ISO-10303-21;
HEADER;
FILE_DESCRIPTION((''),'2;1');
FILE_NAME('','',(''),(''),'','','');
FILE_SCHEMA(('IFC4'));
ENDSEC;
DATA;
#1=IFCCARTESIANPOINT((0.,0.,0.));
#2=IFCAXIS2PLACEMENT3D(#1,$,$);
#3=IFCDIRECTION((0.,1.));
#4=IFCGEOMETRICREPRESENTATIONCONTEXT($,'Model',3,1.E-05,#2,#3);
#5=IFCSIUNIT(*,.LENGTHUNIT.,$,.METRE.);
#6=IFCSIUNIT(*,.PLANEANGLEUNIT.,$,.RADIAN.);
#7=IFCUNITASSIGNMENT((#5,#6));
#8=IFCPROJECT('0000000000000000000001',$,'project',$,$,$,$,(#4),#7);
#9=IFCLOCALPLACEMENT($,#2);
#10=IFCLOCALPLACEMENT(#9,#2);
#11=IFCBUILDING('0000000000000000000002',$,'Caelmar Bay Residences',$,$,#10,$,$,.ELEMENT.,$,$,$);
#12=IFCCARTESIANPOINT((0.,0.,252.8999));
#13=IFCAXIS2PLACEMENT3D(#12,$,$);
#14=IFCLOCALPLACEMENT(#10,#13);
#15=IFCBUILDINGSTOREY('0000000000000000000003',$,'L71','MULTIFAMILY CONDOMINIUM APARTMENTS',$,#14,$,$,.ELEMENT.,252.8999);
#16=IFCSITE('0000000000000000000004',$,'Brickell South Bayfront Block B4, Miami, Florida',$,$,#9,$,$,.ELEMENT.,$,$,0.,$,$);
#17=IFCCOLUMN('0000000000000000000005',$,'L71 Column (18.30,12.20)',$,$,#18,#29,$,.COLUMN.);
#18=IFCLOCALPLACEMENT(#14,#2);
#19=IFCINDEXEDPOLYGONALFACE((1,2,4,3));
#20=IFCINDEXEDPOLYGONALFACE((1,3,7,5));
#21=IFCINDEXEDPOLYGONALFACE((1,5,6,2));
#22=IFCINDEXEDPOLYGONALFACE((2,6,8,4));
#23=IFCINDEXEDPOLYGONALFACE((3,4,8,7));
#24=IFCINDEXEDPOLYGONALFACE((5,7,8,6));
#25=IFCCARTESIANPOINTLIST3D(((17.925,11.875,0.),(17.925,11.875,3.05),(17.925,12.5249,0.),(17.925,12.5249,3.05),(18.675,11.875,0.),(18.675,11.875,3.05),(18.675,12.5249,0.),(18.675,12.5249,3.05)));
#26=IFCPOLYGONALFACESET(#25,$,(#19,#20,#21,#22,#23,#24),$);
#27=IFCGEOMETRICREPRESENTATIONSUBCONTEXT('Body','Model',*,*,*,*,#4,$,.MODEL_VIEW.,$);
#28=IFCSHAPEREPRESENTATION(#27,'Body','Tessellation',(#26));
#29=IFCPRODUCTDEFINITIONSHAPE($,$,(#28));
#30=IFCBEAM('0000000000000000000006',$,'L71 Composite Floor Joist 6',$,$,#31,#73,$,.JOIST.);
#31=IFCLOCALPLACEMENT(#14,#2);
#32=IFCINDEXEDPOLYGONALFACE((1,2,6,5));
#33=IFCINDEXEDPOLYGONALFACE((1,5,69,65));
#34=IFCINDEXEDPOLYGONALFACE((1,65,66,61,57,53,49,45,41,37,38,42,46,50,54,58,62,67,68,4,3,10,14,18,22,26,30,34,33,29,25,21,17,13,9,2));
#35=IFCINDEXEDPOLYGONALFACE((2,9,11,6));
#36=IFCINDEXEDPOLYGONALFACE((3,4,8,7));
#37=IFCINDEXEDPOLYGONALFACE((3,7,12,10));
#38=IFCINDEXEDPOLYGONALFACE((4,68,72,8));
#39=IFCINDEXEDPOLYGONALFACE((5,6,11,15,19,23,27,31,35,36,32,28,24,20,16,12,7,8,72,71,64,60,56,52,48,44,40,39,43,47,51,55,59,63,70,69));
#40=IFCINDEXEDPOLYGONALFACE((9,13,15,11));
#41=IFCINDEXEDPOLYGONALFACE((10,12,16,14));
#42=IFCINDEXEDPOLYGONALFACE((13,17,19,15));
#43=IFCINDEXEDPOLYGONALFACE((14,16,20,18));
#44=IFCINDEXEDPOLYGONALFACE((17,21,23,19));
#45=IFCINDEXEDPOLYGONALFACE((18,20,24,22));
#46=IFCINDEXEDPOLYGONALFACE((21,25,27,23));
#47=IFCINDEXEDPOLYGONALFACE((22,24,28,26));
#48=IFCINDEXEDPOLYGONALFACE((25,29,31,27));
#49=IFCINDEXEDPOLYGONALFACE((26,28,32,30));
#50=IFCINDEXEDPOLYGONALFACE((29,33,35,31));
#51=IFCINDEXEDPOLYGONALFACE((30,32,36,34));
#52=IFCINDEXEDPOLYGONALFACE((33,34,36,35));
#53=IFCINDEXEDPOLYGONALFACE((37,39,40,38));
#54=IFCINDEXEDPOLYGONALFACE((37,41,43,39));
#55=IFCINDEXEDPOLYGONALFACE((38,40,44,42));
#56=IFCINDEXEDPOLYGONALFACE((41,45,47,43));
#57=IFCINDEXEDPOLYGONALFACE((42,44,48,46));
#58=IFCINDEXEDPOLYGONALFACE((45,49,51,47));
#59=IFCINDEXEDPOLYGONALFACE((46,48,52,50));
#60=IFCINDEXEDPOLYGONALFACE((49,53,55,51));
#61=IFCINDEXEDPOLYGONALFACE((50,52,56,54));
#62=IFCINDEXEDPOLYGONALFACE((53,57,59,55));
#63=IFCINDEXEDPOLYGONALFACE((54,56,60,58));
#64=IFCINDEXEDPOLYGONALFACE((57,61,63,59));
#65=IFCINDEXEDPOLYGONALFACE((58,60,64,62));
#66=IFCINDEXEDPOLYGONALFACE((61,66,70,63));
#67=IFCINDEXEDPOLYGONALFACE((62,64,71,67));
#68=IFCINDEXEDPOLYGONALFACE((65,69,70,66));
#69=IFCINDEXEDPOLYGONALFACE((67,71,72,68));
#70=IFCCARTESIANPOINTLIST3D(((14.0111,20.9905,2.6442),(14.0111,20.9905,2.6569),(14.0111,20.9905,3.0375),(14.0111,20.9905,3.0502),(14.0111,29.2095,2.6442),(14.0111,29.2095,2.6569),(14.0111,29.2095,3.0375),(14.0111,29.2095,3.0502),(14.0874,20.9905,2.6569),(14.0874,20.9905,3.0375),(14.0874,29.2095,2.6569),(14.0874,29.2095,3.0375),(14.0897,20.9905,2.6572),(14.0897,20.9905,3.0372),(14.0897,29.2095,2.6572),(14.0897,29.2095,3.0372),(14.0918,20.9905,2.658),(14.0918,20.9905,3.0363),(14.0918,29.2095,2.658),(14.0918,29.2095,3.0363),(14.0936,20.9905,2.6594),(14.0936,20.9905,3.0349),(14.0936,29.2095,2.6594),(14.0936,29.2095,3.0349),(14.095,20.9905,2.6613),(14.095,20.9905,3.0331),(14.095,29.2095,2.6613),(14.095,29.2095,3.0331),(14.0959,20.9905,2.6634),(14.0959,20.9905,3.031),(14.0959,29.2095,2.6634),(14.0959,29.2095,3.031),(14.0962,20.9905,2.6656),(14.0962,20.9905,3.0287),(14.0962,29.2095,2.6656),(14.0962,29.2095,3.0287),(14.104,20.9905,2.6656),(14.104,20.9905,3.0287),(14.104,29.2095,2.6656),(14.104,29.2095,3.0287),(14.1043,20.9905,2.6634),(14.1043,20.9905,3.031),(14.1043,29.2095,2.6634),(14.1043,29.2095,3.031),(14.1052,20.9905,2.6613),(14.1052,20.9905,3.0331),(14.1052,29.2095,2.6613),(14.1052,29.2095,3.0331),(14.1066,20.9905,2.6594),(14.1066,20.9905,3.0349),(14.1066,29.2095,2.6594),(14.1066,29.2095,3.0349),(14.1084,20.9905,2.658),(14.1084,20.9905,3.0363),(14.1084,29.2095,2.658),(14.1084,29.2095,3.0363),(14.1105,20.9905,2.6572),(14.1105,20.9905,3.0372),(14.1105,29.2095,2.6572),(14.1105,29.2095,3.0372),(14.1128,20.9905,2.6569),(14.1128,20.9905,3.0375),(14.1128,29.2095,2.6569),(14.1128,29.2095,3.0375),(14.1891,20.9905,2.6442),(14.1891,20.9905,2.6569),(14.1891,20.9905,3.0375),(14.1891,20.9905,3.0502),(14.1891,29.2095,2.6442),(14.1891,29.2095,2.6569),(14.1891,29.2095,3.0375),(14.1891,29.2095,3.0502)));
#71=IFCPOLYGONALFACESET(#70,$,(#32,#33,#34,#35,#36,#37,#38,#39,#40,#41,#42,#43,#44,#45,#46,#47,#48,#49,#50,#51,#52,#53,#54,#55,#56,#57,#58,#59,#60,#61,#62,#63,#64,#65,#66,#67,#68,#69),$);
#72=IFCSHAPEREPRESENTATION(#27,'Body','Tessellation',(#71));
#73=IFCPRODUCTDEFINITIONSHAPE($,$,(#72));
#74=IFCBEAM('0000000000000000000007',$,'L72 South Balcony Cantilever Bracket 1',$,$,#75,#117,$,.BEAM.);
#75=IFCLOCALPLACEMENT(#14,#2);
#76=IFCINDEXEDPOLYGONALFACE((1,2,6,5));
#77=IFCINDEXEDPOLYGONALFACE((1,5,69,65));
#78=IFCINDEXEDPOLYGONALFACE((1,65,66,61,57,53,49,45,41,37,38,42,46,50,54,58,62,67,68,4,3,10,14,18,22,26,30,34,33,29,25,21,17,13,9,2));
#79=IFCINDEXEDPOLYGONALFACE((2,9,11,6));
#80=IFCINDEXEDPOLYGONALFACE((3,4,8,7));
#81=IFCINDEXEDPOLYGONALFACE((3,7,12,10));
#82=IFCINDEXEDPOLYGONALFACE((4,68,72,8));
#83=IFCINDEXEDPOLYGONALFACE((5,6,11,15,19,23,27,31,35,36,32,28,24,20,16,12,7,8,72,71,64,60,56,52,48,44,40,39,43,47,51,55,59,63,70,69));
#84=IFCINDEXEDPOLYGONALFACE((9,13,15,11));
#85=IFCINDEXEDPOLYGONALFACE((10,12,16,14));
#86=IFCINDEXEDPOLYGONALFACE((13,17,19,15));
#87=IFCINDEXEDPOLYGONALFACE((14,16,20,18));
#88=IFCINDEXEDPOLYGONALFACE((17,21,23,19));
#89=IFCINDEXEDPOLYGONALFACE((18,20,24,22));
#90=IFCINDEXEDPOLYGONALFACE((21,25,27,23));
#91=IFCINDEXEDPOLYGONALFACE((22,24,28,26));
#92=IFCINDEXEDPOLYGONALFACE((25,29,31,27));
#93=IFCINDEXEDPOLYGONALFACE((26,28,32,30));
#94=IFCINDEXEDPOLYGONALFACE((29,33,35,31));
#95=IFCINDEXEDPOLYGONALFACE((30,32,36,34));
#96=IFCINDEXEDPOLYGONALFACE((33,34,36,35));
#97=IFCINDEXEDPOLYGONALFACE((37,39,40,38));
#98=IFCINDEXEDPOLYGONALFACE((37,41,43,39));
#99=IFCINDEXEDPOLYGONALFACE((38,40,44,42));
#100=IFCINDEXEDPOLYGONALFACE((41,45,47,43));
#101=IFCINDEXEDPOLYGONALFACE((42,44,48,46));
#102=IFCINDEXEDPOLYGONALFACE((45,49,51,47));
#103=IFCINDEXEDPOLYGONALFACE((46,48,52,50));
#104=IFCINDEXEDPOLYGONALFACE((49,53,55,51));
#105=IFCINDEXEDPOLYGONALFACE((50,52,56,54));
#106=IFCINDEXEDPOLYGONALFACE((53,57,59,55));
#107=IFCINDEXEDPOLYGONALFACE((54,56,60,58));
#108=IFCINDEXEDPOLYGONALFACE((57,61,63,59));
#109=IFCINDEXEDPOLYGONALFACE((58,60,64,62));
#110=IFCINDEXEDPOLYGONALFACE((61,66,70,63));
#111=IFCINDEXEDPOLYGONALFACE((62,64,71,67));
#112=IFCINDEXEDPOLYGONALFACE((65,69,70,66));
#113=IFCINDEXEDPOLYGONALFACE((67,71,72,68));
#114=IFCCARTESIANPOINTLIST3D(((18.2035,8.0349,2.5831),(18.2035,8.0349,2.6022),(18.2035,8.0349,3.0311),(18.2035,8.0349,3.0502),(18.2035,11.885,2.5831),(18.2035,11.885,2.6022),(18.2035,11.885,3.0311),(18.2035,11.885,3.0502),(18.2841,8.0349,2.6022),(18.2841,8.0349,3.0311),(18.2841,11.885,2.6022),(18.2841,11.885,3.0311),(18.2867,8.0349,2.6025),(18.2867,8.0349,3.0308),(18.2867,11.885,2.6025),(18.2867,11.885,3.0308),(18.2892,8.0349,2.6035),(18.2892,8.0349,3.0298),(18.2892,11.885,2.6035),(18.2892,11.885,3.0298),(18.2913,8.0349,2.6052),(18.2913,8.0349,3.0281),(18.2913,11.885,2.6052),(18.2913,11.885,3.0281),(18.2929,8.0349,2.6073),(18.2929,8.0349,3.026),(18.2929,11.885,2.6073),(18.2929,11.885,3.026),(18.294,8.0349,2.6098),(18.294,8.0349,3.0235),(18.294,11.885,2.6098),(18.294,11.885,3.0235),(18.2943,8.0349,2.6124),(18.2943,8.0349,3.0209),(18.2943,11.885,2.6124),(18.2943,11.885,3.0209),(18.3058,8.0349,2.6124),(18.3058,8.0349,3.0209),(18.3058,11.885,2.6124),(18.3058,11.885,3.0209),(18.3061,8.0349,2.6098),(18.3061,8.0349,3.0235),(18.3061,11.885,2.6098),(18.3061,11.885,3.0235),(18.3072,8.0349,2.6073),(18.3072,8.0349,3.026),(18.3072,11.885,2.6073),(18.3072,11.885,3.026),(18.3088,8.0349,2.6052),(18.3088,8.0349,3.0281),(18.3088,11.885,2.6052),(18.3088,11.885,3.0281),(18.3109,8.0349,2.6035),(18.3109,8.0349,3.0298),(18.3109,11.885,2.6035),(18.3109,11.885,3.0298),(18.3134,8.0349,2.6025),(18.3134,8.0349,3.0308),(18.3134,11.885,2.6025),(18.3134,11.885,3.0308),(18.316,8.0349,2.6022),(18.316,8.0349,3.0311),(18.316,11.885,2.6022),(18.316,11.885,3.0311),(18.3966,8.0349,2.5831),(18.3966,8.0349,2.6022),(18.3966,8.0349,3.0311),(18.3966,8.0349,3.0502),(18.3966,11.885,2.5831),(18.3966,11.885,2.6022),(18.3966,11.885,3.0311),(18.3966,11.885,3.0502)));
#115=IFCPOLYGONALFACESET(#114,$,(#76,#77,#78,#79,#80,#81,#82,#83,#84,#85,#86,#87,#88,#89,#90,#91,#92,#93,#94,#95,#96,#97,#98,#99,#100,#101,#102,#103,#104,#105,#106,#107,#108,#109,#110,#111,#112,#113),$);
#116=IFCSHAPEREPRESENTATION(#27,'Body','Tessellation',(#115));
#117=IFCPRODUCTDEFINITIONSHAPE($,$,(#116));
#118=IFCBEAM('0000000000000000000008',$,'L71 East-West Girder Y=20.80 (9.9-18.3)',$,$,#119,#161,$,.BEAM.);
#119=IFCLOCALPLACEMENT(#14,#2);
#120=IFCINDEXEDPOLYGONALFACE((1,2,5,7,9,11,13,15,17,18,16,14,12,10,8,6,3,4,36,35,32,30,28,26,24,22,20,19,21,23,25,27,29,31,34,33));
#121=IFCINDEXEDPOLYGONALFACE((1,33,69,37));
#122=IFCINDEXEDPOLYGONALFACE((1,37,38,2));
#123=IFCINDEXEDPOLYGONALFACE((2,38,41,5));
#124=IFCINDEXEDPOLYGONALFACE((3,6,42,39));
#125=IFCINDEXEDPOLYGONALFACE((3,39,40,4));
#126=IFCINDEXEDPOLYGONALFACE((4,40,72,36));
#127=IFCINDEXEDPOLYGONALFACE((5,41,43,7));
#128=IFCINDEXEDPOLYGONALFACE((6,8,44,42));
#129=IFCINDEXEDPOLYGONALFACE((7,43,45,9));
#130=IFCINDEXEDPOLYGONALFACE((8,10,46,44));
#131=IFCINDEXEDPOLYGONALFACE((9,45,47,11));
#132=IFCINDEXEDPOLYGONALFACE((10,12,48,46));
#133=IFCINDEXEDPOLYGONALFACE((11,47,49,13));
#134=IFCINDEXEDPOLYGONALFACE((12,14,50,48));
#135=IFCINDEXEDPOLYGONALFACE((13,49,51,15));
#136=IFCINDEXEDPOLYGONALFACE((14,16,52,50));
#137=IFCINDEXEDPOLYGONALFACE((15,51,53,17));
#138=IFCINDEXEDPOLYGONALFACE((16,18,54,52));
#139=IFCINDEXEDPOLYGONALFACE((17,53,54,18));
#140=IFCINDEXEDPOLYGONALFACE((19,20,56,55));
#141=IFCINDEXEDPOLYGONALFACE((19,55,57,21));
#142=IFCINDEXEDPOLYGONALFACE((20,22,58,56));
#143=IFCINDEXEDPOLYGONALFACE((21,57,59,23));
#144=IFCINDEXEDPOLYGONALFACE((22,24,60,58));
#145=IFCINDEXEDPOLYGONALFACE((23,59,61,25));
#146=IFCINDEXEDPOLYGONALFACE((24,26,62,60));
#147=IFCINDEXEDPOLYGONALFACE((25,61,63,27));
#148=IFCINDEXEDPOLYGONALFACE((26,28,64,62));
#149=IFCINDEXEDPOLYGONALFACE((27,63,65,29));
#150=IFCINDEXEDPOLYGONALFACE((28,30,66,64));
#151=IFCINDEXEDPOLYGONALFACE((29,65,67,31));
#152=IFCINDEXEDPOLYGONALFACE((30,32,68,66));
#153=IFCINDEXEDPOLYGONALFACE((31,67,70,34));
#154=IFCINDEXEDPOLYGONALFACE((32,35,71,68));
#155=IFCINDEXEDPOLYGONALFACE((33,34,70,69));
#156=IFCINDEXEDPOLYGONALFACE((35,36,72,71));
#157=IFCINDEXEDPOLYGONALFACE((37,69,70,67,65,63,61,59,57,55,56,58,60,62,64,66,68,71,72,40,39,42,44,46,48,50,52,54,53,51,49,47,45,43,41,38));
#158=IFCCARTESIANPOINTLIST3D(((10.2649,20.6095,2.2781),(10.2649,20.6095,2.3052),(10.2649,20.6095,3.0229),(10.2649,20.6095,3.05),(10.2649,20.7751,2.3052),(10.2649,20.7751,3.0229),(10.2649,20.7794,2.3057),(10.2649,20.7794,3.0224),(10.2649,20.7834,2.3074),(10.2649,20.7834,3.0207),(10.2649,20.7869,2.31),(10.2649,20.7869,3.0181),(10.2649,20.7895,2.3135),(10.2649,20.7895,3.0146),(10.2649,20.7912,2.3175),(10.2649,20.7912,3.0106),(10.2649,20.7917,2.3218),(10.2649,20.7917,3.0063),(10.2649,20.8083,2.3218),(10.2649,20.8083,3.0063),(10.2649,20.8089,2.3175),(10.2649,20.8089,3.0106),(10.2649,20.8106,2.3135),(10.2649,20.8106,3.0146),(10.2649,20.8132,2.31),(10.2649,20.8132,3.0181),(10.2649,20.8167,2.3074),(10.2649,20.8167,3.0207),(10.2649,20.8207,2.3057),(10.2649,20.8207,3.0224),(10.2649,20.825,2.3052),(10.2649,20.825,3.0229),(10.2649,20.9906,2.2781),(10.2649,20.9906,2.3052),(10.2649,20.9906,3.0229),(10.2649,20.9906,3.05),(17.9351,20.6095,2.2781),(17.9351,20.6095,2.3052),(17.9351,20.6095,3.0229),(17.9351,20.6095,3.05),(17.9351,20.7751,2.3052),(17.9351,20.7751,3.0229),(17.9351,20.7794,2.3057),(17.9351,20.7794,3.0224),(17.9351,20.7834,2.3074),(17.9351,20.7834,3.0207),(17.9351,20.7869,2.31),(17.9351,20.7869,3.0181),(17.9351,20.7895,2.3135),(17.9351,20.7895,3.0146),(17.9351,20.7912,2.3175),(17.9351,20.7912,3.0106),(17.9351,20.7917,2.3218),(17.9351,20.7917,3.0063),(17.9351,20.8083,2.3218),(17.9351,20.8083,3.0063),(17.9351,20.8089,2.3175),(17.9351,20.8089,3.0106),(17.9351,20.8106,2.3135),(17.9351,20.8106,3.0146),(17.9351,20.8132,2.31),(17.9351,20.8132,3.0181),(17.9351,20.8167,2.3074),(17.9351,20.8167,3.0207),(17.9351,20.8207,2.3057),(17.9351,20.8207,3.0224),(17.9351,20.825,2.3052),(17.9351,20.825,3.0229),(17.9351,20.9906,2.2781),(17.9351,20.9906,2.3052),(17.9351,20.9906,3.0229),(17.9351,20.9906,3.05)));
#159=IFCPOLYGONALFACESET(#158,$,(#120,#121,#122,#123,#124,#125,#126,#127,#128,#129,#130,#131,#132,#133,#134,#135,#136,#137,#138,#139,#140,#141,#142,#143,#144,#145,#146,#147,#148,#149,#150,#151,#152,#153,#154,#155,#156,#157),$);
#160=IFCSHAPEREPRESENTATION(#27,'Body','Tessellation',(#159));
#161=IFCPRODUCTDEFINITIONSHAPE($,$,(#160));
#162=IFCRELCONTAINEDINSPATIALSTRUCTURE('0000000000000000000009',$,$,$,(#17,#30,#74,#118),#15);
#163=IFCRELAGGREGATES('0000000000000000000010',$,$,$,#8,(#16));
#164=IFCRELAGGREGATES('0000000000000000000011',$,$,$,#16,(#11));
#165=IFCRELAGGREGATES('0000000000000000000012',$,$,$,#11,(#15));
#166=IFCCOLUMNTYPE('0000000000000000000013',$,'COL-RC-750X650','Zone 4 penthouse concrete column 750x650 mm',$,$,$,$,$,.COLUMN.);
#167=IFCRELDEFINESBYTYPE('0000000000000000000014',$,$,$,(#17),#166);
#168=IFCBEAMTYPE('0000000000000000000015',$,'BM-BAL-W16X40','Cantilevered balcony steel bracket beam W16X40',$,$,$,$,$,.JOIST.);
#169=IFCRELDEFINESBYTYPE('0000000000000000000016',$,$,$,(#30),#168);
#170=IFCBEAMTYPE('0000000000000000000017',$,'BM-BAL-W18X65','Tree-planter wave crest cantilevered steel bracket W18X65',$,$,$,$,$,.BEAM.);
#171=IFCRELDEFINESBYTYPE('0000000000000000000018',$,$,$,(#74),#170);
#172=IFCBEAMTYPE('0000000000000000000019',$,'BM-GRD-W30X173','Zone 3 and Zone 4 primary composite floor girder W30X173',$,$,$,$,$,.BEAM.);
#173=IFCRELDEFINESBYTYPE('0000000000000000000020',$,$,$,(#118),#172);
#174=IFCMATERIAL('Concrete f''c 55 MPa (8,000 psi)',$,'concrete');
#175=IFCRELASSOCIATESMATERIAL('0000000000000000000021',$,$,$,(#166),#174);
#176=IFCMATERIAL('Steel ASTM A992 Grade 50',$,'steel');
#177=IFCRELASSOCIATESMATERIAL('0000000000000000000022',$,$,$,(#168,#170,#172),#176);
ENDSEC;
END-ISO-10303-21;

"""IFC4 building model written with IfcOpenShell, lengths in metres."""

from ifc_helpers import new_model, si_unit, direction, frame, origin, origin_2d, place, context, subcontext, project, spatial, rectangle, i_section, extrude, material, material_profile, profile_set, type_object, element, save


model = new_model("IFC4")

# Units and contexts
model_context = context("Model", 3, precision=1e-05, world=origin(), true_north=direction((0.0, 1.0)))
body_context = subcontext(model_context, "Body", "Model", "MODEL_VIEW")
ifc_project = project(units=[si_unit("LENGTHUNIT", "METRE"), si_unit("PLANEANGLEUNIT", "RADIAN")], contexts=[model_context])

# Site, building, storey
site_placement = place(None, origin())
site = spatial("IfcSite", under=ifc_project, at=site_placement, Name="Brickell South Bayfront Block B4, Miami, Florida", CompositionType="ELEMENT", RefElevation=0.0)
building_placement = place(site_placement, origin())
building = spatial("IfcBuilding", under=site, at=building_placement, Name="Caelmar Bay Residences", CompositionType="ELEMENT")
storey_placement = place(building_placement, frame((0.0, 0.0, 252.8999)))
storey = spatial("IfcBuildingStorey", under=building, at=storey_placement, Name="L71", Description="MULTIFAMILY CONDOMINIUM APARTMENTS", CompositionType="ELEMENT", Elevation=252.8999)

# Column
ifc_material_1 = material(Name="Concrete f'c 55 MPa (8,000 psi)", Category="concrete")
ifc_material_profile_1 = material_profile(ifc_material_1, rectangle(XDim=0.75, YDim=0.6499, at=origin_2d()), Name="RC-COL-750X650")
ifc_profile_set_1 = profile_set([ifc_material_profile_1], Name="Concrete f'c 55 MPa (8,000 psi)")
column_type = type_object("IfcColumnType", Name="COL-RC-750X650", Description="Zone 4 penthouse concrete column 750x650 mm", PredefinedType="COLUMN", material=ifc_profile_set_1)
column_placement = place(storey_placement, frame((18.3, 12.2, 0.0), z_axis=(0.0, 0.0, 1.0), x_axis=(1.0, 0.0, 0.0)))
element("IfcColumn", 1, at=column_placement, inside=storey, type_object=column_type, Name="L71 Column (18.30,12.20)", PredefinedType="COLUMN", context=body_context, shape_type="SweptSolid", body=[
    extrude(rectangle(XDim=0.75, YDim=0.6499, at=origin_2d()), origin(), (0.0, 0.0, 1.0), 3.05),
])

# Beams
ifc_material_2 = material(Name="Steel ASTM A992 Grade 50", Category="steel")
ifc_material_profile_2 = material_profile(ifc_material_2, i_section(OverallWidth=0.178, OverallDepth=0.406, WebThickness=0.0078, FlangeThickness=0.0127, FilletRadius=0.0088, at=origin_2d()), Name="W16X40")
ifc_profile_set_2 = profile_set([ifc_material_profile_2], Name="Steel ASTM A992 Grade 50")
beam_type_1 = type_object("IfcBeamType", Name="BM-BAL-W16X40", Description="Cantilevered balcony steel bracket beam W16X40", PredefinedType="JOIST", material=ifc_profile_set_2)
beam_1_placement = place(storey_placement, frame((14.1001, 20.9905, 2.8472), z_axis=(0.0, 1.0, 0.0), x_axis=(-1.0, 0.0, 0.0)))
element("IfcBeam", 2, at=beam_1_placement, inside=storey, type_object=beam_type_1, Name="L71 Composite Floor Joist 6", PredefinedType="JOIST", context=body_context, shape_type="SweptSolid", body=[
    extrude(i_section(OverallWidth=0.178, OverallDepth=0.406, WebThickness=0.0078, FlangeThickness=0.0127, FilletRadius=0.0088, at=origin_2d()), origin(), (0.0, 0.0, 1.0), 8.219),
])
ifc_material_profile_3 = material_profile(ifc_material_2, i_section(OverallWidth=0.1931, OverallDepth=0.467, WebThickness=0.0115, FlangeThickness=0.019, FilletRadius=0.0103, at=origin_2d()), Name="W18X65")
ifc_profile_set_3 = profile_set([ifc_material_profile_3], Name="Steel ASTM A992 Grade 50")
beam_type_2 = type_object("IfcBeamType", Name="BM-BAL-W18X65", Description="Tree-planter wave crest cantilevered steel bracket W18X65", PredefinedType="BEAM", material=ifc_profile_set_3)
beam_2_placement = place(storey_placement, frame((18.3, 11.885, 2.8167), z_axis=(0.0, -1.0, 0.0), x_axis=(1.0, 0.0, 0.0)))
element("IfcBeam", 3, at=beam_2_placement, inside=storey, type_object=beam_type_2, Name="L72 South Balcony Cantilever Bracket 1", PredefinedType="BEAM", context=body_context, shape_type="SweptSolid", body=[
    extrude(i_section(OverallWidth=0.1931, OverallDepth=0.467, WebThickness=0.0115, FlangeThickness=0.019, FilletRadius=0.0103, at=origin_2d()), origin(), (0.0, 0.0, 1.0), 3.8501),
])
ifc_material_profile_4 = material_profile(ifc_material_2, i_section(OverallWidth=0.3811, OverallDepth=0.772, WebThickness=0.0166, FlangeThickness=0.0271, FilletRadius=0.0166, at=origin_2d()), Name="W30X173")
ifc_profile_set_4 = profile_set([ifc_material_profile_4], Name="Steel ASTM A992 Grade 50")
beam_type_3 = type_object("IfcBeamType", Name="BM-GRD-W30X173", Description="Zone 3 and Zone 4 primary composite floor girder W30X173", PredefinedType="BEAM", material=ifc_profile_set_4)
beam_3_placement = place(storey_placement, frame((10.2649, 20.8, 2.6641), z_axis=(1.0, 0.0, 0.0), x_axis=(0.0, 1.0, 0.0)))
element("IfcBeam", 4, at=beam_3_placement, inside=storey, type_object=beam_type_3, Name="L71 East-West Girder Y=20.80 (9.9-18.3)", PredefinedType="BEAM", context=body_context, shape_type="SweptSolid", body=[
    extrude(i_section(OverallWidth=0.3811, OverallDepth=0.772, WebThickness=0.0166, FlangeThickness=0.0271, FilletRadius=0.0166, at=origin_2d()), origin(), (0.0, 0.0, 1.0), 7.6702),
])

save(model, "model.ifc")
